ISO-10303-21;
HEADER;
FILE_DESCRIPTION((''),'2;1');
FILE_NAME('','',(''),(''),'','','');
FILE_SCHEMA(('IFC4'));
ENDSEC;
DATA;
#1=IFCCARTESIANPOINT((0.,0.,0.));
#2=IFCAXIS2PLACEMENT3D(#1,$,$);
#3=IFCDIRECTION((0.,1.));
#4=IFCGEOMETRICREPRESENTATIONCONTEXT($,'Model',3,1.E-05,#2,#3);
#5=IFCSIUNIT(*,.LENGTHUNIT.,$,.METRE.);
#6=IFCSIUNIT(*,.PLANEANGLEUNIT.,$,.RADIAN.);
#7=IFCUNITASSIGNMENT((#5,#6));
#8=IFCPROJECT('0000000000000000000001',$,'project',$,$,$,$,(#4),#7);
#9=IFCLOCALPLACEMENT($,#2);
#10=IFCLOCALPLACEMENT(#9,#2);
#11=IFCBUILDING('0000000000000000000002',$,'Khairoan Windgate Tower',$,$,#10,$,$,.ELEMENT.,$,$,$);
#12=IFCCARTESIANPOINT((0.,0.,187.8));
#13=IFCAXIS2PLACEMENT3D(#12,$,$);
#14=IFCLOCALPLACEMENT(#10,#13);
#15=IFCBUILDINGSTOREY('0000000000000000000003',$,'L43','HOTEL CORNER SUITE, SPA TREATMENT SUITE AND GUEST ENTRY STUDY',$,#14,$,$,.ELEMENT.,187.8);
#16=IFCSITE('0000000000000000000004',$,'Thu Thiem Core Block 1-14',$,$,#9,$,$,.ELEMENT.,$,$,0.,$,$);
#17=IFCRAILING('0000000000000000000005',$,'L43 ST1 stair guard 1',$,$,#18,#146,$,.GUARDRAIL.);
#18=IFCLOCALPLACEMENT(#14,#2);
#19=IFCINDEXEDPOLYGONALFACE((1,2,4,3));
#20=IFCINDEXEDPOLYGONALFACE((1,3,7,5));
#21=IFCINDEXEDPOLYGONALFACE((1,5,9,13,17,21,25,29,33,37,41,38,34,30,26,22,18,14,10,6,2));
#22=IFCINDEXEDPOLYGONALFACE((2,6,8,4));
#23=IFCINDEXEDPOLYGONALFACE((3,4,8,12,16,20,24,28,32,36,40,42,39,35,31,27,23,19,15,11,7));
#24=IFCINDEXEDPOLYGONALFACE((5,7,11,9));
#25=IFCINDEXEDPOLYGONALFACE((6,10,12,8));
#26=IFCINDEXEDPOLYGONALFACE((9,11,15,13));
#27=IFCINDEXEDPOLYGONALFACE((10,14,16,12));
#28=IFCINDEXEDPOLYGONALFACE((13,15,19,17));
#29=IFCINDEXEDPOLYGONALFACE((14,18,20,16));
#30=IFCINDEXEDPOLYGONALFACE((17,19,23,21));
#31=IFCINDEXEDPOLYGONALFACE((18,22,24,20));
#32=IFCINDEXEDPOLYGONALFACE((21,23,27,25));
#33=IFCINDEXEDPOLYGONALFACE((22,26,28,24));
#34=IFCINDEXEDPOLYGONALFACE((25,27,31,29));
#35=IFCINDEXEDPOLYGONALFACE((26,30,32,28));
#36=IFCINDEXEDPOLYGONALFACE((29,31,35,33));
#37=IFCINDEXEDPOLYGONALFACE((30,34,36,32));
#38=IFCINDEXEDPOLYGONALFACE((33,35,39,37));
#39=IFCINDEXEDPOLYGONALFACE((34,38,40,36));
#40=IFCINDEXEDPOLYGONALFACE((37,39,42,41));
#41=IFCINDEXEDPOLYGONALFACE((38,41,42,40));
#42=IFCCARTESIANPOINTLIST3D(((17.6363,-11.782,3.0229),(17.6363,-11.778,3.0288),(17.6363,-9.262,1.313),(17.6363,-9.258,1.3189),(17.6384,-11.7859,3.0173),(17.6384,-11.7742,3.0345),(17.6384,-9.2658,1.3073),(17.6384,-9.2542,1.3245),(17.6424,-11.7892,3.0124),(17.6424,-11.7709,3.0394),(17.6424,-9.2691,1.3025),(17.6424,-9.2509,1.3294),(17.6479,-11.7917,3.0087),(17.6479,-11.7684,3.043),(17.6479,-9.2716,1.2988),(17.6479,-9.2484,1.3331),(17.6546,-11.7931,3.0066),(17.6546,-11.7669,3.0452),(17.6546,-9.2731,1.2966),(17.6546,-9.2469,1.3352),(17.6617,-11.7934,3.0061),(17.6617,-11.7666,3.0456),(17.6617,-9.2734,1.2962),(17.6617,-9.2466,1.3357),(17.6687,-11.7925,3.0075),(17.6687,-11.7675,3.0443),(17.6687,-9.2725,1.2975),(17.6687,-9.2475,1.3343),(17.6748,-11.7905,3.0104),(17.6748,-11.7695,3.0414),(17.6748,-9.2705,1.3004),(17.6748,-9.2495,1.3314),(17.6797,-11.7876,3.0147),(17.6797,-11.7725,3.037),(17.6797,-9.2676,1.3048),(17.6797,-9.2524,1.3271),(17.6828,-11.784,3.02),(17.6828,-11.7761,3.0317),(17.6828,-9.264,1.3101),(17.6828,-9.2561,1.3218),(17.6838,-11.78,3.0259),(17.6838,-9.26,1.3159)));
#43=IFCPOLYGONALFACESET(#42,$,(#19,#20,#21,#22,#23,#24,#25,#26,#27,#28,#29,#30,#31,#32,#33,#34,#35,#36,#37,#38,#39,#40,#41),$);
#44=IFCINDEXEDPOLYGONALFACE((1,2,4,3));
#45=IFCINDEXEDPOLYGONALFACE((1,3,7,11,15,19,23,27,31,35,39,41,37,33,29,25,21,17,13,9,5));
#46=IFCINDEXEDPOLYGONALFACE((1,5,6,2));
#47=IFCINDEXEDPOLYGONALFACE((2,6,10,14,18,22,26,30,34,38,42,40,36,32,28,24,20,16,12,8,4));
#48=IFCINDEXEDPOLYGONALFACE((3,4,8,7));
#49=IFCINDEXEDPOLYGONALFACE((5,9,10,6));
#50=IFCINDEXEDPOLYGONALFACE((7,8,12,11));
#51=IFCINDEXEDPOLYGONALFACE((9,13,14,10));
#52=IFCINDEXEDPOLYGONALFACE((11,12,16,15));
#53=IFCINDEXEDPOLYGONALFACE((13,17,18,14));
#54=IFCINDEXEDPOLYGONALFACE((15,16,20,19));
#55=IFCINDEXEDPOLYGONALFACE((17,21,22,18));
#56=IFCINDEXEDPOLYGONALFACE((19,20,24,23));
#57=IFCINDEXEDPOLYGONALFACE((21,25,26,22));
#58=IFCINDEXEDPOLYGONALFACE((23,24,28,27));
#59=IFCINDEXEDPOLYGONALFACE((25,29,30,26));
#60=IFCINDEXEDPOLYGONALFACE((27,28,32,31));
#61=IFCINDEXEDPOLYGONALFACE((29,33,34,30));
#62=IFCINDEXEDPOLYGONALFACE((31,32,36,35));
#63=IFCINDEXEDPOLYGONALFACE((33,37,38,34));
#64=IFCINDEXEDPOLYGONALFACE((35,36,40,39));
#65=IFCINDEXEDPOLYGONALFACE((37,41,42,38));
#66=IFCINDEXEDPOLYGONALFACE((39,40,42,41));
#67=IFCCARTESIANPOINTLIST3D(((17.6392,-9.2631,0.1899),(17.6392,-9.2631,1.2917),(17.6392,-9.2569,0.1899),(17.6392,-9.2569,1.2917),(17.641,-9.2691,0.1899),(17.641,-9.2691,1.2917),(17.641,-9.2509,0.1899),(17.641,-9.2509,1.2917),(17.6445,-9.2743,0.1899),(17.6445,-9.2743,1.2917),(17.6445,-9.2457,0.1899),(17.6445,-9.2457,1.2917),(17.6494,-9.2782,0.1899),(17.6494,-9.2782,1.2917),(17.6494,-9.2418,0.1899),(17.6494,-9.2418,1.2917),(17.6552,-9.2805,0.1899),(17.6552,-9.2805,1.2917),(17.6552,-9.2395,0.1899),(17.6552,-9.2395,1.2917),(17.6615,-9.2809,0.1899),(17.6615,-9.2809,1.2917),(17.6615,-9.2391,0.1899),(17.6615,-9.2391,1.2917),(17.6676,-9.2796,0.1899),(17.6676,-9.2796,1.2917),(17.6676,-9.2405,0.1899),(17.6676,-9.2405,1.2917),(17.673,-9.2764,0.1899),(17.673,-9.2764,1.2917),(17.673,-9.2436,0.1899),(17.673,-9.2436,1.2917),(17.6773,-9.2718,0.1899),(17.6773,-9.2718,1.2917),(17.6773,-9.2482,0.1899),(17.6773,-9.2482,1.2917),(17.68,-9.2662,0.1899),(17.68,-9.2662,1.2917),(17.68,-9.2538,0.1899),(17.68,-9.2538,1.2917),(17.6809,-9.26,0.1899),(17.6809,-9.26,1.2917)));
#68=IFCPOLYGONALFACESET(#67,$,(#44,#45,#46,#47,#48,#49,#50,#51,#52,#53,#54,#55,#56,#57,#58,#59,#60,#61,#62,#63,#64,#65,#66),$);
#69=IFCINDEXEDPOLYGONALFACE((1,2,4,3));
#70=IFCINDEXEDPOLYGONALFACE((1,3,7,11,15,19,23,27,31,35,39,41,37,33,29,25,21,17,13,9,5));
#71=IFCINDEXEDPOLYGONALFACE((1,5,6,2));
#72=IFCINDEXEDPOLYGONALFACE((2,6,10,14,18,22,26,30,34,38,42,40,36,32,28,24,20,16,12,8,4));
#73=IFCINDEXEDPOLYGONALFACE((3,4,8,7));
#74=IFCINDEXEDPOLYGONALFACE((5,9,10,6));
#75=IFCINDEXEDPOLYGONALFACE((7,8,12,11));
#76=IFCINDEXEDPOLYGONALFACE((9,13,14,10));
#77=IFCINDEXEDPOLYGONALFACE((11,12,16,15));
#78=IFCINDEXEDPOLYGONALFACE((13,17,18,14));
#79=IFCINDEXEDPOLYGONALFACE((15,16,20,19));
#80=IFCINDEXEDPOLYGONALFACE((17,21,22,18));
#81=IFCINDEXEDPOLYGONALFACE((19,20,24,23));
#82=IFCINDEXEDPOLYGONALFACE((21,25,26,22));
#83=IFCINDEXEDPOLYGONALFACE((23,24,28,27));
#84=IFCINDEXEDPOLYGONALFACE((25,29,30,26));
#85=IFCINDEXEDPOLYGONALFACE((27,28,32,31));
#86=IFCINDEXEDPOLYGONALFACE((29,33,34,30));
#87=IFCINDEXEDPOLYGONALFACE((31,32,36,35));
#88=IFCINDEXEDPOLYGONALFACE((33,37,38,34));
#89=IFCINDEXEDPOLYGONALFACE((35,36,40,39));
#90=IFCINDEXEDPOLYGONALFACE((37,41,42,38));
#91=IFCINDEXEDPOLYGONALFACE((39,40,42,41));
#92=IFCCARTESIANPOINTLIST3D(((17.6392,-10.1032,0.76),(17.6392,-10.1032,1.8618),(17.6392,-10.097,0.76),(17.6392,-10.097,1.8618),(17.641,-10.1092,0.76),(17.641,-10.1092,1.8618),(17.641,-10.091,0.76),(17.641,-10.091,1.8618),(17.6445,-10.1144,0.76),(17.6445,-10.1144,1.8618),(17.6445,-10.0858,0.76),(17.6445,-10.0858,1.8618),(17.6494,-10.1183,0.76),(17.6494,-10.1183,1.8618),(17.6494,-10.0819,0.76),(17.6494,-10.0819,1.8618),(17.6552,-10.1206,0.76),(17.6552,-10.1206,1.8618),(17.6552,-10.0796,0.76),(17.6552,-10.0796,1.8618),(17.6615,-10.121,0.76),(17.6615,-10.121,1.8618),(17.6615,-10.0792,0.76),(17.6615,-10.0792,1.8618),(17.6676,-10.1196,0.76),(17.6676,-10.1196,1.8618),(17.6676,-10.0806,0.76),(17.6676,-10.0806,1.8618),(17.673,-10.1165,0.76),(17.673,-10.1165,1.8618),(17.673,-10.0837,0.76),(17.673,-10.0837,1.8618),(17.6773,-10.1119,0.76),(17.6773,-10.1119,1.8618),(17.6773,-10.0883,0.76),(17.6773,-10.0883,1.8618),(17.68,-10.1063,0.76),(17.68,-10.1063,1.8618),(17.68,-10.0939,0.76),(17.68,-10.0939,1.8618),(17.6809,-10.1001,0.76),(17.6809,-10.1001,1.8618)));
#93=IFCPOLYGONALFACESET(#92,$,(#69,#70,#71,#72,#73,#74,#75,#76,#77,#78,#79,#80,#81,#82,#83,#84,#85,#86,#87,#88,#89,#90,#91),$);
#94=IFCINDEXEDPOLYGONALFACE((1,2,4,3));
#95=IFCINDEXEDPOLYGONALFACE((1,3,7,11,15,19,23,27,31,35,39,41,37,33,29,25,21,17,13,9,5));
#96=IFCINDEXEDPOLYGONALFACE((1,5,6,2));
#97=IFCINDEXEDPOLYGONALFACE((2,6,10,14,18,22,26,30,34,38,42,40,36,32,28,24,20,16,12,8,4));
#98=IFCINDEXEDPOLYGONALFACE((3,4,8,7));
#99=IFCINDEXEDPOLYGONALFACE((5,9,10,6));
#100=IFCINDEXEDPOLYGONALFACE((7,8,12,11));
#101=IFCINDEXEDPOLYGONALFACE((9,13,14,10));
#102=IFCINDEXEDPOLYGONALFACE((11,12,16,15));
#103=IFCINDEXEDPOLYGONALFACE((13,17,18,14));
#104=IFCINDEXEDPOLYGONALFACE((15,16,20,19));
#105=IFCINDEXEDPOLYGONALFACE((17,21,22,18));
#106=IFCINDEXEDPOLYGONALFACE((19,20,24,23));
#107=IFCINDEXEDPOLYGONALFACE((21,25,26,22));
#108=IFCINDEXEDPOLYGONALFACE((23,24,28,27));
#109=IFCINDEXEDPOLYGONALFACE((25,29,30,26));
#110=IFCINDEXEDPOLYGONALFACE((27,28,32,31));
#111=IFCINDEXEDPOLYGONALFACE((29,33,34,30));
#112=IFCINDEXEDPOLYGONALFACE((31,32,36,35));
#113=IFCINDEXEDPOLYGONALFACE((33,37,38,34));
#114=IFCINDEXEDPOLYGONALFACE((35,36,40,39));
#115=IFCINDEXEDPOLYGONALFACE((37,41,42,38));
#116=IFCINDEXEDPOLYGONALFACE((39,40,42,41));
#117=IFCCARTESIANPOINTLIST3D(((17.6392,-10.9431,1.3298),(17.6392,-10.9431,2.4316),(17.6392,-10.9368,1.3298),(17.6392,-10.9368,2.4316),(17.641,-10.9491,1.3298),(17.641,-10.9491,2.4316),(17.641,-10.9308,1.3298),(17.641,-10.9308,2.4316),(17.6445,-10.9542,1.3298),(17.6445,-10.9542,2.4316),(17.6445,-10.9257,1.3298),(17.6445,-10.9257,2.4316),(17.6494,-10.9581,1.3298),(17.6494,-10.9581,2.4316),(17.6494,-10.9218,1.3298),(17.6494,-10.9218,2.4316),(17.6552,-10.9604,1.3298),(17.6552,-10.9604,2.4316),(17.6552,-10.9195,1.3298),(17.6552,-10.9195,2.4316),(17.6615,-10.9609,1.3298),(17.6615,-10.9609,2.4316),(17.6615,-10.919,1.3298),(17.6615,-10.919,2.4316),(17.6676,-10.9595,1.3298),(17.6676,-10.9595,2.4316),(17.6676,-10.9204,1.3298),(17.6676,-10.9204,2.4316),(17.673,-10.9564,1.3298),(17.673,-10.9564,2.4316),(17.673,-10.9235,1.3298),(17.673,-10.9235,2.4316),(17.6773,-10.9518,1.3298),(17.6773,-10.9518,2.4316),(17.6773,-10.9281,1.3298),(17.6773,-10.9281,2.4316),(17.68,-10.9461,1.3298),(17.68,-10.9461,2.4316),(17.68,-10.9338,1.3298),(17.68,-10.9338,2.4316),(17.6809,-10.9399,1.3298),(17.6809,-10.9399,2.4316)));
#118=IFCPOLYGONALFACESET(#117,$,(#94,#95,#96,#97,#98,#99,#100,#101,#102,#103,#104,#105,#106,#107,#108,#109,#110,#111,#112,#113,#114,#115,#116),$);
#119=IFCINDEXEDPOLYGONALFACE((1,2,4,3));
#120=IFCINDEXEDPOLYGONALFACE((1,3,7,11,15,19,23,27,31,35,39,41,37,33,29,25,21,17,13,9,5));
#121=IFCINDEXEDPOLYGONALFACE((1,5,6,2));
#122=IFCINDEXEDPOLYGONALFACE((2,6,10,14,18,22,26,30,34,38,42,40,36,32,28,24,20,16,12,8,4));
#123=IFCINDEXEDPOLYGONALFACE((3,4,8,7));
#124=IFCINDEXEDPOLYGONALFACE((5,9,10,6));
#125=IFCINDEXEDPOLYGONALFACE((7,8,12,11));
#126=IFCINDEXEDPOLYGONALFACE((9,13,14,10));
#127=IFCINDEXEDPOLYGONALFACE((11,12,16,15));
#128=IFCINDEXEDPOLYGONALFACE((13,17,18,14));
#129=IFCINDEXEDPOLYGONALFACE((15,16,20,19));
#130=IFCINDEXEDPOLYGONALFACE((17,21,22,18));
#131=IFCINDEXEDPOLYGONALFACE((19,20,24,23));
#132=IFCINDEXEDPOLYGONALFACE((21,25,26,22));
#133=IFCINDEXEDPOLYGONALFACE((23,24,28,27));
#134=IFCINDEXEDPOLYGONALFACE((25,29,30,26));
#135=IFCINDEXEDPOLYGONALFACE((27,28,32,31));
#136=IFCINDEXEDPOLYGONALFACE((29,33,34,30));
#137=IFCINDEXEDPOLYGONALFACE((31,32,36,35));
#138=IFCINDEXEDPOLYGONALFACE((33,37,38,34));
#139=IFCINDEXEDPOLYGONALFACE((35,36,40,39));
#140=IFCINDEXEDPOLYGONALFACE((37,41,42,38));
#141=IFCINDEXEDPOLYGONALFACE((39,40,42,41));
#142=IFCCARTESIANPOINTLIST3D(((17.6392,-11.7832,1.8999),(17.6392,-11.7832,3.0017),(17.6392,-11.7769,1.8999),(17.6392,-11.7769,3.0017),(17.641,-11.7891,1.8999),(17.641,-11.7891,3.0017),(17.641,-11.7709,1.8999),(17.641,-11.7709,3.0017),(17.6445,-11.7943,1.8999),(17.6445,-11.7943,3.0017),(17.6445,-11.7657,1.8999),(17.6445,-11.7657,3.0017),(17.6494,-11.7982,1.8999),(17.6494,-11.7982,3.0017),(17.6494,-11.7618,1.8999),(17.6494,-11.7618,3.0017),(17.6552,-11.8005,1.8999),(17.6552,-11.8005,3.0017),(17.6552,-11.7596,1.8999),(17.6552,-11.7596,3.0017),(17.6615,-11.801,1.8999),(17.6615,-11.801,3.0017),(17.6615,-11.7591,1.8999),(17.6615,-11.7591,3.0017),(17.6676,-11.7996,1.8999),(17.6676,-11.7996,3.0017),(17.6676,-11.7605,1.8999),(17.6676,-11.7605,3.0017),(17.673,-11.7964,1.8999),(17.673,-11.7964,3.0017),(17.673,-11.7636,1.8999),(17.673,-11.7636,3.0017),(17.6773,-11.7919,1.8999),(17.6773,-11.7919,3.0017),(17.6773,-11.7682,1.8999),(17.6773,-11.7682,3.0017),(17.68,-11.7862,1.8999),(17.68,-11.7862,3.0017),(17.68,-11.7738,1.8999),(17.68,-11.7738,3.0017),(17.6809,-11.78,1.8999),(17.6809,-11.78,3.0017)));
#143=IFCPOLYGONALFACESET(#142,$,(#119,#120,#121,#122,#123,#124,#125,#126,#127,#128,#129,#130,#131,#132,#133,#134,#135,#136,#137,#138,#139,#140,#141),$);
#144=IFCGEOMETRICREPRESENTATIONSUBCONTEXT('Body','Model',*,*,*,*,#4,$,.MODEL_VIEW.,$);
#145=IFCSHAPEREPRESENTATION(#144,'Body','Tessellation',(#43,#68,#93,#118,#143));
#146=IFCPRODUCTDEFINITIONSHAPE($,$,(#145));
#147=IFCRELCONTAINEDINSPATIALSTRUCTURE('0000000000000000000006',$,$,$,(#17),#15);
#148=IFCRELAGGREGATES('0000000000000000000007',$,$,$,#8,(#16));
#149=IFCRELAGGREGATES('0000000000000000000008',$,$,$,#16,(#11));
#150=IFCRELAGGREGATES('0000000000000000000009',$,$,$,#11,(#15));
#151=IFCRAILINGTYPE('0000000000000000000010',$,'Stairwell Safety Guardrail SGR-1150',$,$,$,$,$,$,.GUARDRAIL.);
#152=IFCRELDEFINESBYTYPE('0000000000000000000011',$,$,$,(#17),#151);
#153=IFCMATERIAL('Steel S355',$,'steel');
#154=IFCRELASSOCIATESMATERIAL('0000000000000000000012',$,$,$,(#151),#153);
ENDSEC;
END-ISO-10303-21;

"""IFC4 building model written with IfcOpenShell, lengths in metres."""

from ifc_helpers import new_model, si_unit, direction, frame, origin, origin_2d, place, context, subcontext, project, spatial, circle, extrude, material, type_object, element, save


model = new_model("IFC4")

# Units and contexts
model_context = context("Model", 3, precision=1e-05, world=origin(), true_north=direction((0.0, 1.0)))
body_context = subcontext(model_context, "Body", "Model", "MODEL_VIEW")
ifc_project = project(units=[si_unit("LENGTHUNIT", "METRE"), si_unit("PLANEANGLEUNIT", "RADIAN")], contexts=[model_context])

# Site, building, storey
site_placement = place(None, origin())
site = spatial("IfcSite", under=ifc_project, at=site_placement, Name="Thu Thiem Core Block 1-14", CompositionType="ELEMENT", RefElevation=0.0)
building_placement = place(site_placement, origin())
building = spatial("IfcBuilding", under=site, at=building_placement, Name="Khairoan Windgate Tower", CompositionType="ELEMENT")
storey_placement = place(building_placement, frame((0.0, 0.0, 187.8)))
storey = spatial("IfcBuildingStorey", under=building, at=storey_placement, Name="L43", Description="HOTEL CORNER SUITE, SPA TREATMENT SUITE AND GUEST ENTRY STUDY", CompositionType="ELEMENT", Elevation=187.8)

# Railing
ifc_material_1 = material(Name="Steel S355", Category="steel")
railing_type_1 = type_object("IfcRailingType", Name="Stairwell Safety Guardrail SGR-1150", PredefinedType="GUARDRAIL", material=ifc_material_1)
railing_1_placement = place(storey_placement, frame((17.6599, -9.26, 0.1899)))
element("IfcRailing", 1, at=railing_1_placement, inside=storey, type_object=railing_type_1, Name="L43 ST1 stair guard 1", PredefinedType="GUARDRAIL", context=body_context, shape_type="SweptSolid", body=[
    extrude(circle(Radius=0.0239, at=origin_2d()), frame((0.0, 0.0, 1.126), z_axis=(0.0, -0.827484, 0.56149), x_axis=(1.0, 0.0, 0.0)), (0.0, 0.0, 1.0), 3.0454),
    extrude(circle(Radius=0.021, at=origin_2d()), origin(), (0.0, 0.0, 1.0), 1.1018),
    extrude(circle(Radius=0.021, at=origin_2d()), frame((0.0, -0.8401, 0.5701)), (0.0, 0.0, 1.0), 1.1018),
    extrude(circle(Radius=0.021, at=origin_2d()), frame((0.0, -1.6799, 1.1399)), (0.0, 0.0, 1.0), 1.1018),
    extrude(circle(Radius=0.021, at=origin_2d()), frame((0.0, -2.52, 1.71)), (0.0, 0.0, 1.0), 1.1018),
])

save(model, "model.ifc")
